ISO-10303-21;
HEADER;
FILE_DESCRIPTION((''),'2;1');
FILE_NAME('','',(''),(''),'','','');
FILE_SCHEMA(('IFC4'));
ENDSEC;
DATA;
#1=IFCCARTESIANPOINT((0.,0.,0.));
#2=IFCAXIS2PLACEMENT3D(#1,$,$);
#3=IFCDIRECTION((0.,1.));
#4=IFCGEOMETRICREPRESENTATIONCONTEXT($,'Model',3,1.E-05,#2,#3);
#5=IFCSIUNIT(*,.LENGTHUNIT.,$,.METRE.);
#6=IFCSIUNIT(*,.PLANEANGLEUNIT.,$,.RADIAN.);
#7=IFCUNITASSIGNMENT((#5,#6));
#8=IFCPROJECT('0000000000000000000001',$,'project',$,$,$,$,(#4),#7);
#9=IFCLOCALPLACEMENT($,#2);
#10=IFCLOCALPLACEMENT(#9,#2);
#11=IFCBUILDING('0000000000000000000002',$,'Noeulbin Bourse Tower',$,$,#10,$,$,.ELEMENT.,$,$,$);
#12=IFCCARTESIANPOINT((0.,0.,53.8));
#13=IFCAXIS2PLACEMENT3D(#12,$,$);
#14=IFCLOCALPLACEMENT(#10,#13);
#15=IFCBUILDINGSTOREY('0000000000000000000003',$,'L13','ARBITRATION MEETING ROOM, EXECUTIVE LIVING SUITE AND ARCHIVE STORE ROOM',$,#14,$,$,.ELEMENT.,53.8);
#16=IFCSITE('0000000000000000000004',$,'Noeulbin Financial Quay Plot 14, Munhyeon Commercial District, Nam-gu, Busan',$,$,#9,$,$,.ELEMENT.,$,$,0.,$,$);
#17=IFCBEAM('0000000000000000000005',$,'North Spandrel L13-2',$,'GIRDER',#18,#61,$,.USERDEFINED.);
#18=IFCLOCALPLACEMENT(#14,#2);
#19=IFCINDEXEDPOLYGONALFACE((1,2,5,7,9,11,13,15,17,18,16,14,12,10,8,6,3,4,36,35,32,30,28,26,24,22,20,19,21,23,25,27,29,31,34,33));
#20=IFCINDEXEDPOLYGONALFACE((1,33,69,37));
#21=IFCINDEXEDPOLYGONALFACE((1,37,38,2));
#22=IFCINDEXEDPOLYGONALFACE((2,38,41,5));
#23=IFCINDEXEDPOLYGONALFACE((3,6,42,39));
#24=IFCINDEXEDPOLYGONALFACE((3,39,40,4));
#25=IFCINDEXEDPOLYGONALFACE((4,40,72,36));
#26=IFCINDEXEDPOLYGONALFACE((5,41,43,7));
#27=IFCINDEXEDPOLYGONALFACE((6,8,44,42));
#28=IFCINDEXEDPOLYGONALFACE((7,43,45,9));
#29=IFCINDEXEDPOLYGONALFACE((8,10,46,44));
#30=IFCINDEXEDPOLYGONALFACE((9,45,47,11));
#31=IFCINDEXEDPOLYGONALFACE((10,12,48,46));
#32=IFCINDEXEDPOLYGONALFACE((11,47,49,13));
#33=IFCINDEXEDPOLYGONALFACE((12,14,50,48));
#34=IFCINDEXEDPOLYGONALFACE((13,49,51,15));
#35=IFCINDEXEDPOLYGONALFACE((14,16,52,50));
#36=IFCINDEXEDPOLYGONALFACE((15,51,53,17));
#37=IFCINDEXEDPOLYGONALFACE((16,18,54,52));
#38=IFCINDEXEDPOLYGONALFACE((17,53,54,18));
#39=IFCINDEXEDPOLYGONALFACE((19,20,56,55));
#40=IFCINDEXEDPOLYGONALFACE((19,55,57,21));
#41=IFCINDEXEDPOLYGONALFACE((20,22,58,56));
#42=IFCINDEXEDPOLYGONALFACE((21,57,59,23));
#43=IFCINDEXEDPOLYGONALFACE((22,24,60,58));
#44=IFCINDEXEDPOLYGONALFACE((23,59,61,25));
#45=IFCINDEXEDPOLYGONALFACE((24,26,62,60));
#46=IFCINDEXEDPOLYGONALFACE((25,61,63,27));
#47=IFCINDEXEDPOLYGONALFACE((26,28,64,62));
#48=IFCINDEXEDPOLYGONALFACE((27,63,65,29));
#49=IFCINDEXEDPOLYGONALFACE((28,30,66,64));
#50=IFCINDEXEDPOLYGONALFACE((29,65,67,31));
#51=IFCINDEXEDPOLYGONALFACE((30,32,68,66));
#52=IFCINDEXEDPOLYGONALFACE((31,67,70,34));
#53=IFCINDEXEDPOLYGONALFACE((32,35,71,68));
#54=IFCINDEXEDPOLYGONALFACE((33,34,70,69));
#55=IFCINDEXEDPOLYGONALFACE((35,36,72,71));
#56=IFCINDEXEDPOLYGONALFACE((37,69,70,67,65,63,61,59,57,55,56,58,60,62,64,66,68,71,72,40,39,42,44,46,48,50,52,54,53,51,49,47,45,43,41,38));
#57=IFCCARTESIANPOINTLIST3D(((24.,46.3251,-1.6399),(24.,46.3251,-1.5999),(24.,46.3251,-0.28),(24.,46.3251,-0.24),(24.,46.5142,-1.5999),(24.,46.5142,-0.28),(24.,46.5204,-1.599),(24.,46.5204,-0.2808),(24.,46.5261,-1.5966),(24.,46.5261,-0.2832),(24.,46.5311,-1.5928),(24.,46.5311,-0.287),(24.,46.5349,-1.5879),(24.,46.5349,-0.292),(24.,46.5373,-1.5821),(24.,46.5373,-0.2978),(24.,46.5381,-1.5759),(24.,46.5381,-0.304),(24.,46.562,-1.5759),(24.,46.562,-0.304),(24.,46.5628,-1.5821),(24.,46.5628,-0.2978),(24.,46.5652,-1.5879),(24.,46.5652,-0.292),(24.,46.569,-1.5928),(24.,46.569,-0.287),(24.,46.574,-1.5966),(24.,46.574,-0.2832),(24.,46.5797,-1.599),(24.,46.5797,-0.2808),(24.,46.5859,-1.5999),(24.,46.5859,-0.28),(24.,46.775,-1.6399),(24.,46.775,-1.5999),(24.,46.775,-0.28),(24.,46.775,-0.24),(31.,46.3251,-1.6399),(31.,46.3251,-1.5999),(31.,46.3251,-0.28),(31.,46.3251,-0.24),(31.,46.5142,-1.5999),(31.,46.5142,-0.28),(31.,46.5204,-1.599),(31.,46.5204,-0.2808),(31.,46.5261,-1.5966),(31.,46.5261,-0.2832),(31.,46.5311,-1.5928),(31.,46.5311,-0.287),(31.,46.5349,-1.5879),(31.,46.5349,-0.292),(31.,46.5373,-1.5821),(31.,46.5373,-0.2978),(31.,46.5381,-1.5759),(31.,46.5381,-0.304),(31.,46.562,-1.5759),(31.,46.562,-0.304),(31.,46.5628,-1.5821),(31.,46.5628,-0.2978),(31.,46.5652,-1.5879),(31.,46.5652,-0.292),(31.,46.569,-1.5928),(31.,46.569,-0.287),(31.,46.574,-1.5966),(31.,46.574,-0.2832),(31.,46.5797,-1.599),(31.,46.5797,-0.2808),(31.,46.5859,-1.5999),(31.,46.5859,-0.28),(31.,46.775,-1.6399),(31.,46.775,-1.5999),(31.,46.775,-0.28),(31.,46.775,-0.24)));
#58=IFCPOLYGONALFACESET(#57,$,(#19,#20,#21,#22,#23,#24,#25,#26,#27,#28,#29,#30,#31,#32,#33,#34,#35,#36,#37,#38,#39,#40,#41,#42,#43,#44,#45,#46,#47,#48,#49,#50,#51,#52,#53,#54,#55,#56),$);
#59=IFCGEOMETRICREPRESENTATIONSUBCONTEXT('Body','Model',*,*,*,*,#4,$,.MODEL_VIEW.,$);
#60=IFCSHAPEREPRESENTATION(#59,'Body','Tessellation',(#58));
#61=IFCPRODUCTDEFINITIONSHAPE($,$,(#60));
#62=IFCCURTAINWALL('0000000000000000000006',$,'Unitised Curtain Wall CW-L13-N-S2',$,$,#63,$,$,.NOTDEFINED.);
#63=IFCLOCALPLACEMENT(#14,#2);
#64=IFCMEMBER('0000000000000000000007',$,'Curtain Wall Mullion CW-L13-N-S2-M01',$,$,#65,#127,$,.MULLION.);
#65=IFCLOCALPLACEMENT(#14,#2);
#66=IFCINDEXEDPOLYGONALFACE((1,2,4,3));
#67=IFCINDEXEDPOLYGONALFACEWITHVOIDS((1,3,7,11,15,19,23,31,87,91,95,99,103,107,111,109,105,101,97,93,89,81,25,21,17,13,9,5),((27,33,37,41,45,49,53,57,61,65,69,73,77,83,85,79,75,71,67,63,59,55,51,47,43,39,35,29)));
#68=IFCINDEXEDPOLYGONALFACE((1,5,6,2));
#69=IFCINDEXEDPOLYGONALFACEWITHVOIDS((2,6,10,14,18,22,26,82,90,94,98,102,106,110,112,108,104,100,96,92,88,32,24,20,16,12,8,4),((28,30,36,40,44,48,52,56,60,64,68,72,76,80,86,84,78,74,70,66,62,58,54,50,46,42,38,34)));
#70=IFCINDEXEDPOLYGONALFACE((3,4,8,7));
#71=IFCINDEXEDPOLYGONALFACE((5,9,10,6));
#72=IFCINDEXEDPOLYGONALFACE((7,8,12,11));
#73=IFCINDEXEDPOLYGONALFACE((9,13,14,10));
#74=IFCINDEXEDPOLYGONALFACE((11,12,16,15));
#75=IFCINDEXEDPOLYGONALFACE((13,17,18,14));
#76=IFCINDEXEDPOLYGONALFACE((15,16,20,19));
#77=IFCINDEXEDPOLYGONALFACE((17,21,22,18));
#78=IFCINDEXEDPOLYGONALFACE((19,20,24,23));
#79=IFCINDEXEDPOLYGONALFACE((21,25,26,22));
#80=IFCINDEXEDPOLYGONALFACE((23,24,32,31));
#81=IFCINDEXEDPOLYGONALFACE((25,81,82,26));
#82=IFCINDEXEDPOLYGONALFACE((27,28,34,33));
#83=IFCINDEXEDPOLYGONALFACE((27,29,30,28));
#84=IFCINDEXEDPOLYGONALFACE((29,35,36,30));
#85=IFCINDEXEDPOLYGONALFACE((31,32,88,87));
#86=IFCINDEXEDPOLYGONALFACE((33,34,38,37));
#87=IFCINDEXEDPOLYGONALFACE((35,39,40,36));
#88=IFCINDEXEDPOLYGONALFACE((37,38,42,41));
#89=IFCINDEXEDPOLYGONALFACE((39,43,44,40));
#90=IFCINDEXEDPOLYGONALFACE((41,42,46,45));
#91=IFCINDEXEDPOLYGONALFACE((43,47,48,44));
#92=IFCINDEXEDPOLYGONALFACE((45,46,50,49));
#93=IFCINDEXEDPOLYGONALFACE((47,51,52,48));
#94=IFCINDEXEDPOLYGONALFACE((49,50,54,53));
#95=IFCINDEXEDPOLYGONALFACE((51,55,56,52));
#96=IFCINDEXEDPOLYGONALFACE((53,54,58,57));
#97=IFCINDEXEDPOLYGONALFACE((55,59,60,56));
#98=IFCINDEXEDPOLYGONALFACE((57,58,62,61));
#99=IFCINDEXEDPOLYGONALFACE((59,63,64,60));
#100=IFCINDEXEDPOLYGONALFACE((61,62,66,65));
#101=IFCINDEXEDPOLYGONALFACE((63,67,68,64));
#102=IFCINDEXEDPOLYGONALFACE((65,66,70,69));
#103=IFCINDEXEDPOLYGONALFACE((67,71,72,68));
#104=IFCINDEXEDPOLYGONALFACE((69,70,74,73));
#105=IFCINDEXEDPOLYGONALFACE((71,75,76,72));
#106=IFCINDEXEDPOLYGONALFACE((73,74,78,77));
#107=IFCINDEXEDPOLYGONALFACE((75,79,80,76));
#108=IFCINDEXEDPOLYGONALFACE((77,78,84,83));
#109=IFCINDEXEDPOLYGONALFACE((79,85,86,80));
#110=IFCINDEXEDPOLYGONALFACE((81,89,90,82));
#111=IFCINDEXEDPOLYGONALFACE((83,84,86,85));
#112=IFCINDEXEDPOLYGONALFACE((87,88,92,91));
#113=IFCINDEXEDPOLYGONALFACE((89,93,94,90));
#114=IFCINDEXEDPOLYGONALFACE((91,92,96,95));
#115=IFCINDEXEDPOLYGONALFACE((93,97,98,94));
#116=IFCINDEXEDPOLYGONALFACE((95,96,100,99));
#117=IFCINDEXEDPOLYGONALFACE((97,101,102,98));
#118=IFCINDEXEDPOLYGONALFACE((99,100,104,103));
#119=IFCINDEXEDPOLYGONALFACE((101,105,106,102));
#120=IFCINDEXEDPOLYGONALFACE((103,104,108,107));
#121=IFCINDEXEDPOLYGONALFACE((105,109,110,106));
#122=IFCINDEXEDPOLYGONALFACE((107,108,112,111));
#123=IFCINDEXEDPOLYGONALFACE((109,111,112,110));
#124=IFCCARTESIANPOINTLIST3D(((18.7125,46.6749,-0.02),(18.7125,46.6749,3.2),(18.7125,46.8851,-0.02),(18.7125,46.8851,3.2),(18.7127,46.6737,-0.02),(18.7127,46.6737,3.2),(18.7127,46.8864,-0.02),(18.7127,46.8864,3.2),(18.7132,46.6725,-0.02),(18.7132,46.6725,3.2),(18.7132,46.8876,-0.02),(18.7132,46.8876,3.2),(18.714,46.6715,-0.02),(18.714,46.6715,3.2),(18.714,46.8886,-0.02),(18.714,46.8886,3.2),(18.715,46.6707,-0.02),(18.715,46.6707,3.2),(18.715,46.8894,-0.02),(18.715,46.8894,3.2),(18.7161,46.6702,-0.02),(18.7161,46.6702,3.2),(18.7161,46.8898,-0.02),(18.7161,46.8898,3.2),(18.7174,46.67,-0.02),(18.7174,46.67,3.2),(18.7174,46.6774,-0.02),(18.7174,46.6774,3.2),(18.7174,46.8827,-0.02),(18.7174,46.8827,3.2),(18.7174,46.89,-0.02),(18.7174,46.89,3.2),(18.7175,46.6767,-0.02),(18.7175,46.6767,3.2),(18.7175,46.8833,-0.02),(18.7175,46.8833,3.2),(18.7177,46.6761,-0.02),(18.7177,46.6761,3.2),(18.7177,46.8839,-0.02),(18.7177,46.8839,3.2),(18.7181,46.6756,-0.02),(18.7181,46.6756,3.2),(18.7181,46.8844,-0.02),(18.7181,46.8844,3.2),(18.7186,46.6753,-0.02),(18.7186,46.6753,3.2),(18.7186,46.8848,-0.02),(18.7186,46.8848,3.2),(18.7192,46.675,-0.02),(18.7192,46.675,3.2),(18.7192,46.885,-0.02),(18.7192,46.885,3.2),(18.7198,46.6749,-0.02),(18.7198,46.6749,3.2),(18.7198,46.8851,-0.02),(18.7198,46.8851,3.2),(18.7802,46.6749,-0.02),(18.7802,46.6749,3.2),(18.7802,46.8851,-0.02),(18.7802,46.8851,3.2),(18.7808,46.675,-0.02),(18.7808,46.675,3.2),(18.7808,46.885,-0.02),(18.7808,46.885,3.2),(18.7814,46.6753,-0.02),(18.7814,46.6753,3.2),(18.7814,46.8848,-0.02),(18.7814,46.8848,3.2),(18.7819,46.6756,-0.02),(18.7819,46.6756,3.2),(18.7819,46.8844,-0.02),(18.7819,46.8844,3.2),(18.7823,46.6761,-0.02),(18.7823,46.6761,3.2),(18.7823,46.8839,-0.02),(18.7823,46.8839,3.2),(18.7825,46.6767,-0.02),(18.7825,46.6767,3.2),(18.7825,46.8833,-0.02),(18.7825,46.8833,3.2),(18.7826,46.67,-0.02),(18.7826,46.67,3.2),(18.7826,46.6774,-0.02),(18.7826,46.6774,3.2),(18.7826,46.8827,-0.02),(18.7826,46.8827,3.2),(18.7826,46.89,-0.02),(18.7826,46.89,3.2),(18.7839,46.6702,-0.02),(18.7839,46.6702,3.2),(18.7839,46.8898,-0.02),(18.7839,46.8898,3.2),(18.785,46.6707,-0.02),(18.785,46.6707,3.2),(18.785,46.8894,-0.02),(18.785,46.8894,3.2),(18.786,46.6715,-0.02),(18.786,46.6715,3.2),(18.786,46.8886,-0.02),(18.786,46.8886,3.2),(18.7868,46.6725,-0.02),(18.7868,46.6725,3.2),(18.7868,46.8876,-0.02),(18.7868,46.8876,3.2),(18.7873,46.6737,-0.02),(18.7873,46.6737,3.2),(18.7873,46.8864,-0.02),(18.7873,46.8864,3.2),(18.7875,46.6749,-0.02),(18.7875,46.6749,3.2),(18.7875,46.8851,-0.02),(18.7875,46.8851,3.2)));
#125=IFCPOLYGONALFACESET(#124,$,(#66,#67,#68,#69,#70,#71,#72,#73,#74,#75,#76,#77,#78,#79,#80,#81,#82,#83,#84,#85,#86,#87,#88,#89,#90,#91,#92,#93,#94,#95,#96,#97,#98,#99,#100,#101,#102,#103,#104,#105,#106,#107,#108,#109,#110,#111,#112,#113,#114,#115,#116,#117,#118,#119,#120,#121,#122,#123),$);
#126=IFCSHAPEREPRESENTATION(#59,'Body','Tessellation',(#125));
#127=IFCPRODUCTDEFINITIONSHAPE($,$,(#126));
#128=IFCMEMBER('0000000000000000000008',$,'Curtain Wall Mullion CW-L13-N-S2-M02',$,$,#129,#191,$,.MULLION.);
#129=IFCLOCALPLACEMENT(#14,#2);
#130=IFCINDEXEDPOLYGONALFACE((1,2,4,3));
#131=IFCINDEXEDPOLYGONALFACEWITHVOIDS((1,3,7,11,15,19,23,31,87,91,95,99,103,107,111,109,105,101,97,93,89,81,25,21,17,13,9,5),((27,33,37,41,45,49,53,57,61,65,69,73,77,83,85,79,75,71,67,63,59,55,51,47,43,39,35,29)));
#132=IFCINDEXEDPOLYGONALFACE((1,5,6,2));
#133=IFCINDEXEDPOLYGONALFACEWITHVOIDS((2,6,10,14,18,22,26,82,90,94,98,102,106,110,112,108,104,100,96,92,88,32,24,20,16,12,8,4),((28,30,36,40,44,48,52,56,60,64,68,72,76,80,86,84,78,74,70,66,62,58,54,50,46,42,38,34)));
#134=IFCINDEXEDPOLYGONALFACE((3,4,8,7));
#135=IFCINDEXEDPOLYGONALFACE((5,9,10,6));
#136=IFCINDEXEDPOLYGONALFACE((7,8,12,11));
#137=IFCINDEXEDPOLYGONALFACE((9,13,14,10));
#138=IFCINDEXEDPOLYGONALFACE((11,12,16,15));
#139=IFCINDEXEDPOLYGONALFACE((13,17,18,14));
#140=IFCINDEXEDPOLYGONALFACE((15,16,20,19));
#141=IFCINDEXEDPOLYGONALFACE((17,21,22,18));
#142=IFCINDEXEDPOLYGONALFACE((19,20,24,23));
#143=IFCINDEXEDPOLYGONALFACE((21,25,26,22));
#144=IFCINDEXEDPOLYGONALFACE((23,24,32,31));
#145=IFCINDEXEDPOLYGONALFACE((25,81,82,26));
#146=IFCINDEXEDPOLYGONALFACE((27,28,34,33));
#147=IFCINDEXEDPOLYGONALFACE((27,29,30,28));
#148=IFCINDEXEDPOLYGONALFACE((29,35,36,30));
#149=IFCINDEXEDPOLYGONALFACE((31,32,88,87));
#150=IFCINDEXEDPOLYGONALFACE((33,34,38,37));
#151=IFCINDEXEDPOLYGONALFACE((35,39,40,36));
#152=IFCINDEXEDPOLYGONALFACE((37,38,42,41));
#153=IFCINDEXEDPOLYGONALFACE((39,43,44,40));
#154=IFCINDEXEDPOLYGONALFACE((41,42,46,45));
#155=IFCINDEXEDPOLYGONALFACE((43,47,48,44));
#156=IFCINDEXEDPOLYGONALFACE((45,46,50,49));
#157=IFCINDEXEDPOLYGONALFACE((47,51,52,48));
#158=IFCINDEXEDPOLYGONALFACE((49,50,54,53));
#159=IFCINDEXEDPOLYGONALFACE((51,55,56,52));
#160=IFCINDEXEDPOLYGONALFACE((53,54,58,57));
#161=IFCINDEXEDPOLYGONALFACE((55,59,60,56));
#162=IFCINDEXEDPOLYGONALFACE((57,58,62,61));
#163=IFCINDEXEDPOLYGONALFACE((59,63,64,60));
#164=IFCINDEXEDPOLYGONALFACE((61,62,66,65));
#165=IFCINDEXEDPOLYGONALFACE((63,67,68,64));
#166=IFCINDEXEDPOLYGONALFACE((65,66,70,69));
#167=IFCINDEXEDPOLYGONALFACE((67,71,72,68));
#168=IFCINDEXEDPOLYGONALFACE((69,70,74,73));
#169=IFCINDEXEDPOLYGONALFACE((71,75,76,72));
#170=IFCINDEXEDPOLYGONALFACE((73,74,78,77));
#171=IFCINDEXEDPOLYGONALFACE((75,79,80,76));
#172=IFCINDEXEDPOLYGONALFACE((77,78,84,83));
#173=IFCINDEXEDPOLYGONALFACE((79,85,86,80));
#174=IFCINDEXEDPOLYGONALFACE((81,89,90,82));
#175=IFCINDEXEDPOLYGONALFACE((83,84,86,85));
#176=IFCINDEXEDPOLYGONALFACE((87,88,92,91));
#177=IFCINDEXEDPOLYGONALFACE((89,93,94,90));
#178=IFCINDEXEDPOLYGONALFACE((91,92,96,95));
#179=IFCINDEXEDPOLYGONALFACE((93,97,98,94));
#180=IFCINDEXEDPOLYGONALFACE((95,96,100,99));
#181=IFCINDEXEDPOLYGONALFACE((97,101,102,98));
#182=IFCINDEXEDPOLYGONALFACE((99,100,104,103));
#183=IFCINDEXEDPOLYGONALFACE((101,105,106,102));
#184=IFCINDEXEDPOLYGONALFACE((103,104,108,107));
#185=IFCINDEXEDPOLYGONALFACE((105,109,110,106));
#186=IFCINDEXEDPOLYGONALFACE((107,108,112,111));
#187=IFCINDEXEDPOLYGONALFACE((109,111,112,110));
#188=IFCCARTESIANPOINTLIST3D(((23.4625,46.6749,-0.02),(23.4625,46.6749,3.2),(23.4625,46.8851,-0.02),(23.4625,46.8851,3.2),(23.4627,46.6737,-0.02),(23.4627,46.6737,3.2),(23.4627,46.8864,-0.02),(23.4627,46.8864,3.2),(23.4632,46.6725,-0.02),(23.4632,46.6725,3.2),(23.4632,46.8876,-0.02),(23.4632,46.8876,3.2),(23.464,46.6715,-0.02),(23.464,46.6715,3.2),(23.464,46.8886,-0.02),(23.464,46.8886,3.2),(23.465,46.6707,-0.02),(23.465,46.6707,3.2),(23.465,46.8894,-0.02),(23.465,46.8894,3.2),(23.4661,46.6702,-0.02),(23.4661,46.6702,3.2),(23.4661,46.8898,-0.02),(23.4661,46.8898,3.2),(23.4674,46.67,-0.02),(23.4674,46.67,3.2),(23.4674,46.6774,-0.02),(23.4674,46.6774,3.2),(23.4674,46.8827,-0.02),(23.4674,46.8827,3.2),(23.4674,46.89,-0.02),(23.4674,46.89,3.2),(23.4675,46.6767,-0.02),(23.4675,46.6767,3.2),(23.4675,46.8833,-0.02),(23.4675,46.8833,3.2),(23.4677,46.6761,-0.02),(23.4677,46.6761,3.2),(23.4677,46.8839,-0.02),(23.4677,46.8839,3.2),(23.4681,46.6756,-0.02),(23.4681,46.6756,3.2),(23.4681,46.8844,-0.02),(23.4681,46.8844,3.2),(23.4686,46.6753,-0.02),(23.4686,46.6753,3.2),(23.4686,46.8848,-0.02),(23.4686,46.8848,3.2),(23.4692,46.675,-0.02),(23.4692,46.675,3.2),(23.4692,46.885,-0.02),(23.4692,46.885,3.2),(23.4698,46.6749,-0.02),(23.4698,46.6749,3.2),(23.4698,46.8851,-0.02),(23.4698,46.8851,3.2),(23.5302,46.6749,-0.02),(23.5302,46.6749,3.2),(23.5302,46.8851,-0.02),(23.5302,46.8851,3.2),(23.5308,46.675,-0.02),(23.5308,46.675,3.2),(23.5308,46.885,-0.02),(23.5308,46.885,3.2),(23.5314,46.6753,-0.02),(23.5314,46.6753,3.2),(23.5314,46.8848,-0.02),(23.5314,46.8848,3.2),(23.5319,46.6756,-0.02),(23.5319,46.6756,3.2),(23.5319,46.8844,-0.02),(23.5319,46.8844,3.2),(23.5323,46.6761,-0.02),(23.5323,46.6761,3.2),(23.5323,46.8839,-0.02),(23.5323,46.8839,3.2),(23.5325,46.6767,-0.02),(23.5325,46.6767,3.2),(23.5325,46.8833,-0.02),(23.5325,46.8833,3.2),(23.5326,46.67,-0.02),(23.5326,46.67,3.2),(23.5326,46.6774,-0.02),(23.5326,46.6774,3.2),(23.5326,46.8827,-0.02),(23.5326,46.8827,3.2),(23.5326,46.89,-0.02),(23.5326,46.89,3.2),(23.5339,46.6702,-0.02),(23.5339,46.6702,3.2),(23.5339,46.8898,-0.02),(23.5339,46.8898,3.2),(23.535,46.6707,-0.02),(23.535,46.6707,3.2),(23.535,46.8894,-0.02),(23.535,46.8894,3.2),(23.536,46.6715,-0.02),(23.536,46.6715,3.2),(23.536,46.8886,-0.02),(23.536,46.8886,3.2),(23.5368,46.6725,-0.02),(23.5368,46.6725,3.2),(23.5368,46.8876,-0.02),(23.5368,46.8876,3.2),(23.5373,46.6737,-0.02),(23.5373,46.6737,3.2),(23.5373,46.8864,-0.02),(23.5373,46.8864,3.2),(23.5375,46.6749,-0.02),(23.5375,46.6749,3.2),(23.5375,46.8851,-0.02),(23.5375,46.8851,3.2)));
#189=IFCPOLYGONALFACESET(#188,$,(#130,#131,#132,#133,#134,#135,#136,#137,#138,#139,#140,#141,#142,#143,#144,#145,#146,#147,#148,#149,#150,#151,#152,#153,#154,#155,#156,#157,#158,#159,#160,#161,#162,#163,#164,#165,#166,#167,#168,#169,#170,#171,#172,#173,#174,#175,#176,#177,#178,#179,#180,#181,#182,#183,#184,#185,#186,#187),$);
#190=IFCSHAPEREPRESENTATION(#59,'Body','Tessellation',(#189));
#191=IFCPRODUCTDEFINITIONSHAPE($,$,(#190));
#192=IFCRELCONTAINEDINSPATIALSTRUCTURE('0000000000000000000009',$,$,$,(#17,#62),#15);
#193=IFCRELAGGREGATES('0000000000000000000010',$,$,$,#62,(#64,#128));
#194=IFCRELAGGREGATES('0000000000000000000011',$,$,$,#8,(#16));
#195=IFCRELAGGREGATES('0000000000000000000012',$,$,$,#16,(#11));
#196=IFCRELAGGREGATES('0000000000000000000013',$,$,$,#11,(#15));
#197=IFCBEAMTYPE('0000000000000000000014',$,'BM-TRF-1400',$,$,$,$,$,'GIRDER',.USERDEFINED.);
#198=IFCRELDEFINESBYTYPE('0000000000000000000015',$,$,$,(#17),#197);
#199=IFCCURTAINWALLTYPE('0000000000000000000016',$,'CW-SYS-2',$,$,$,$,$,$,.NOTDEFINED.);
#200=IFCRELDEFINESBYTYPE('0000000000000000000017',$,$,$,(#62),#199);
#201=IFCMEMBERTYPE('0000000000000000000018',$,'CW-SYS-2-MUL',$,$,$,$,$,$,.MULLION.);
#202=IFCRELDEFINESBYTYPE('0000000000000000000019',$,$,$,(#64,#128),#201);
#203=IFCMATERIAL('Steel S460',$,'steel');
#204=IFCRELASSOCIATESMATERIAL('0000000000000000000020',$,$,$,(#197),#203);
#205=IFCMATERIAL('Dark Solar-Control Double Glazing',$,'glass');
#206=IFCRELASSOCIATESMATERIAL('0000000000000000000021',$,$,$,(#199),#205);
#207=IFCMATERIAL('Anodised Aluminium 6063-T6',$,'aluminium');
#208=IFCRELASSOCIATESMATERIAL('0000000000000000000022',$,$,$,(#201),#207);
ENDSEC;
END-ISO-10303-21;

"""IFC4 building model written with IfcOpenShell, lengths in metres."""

from ifc_helpers import new_model, si_unit, direction, frame, origin, origin_2d, place, context, subcontext, project, spatial, hollow_rectangle, i_section, extrude, material, material_profile, profile_set, type_object, element, aggregate, save


model = new_model("IFC4")

# Units and contexts
model_context = context("Model", 3, precision=1e-05, world=origin(), true_north=direction((0.0, 1.0)))
body_context = subcontext(model_context, "Body", "Model", "MODEL_VIEW")
ifc_project = project(units=[si_unit("LENGTHUNIT", "METRE"), si_unit("PLANEANGLEUNIT", "RADIAN")], contexts=[model_context])

# Site, building, storey
site_placement = place(None, origin())
site = spatial("IfcSite", under=ifc_project, at=site_placement, Name="Noeulbin Financial Quay Plot 14, Munhyeon Commercial District, Nam-gu, Busan", CompositionType="ELEMENT", RefElevation=0.0)
building_placement = place(site_placement, origin())
building = spatial("IfcBuilding", under=site, at=building_placement, Name="Noeulbin Bourse Tower", CompositionType="ELEMENT")
storey_placement = place(building_placement, frame((0.0, 0.0, 53.8)))
storey = spatial("IfcBuildingStorey", under=building, at=storey_placement, Name="L13", Description="ARBITRATION MEETING ROOM, EXECUTIVE LIVING SUITE AND ARCHIVE STORE ROOM", CompositionType="ELEMENT", Elevation=53.8)

# Shared definitions
ifc_material_1 = material(Name="Steel S460", Category="steel")

# Beam
ifc_material_profile_1 = material_profile(ifc_material_1, i_section(OverallWidth=0.45, OverallDepth=1.3999, WebThickness=0.0239, FlangeThickness=0.04, FilletRadius=0.0239, at=origin_2d()), Name="PG-1400x450x24x40", Category="LoadBearing")
ifc_profile_set_1 = profile_set([ifc_material_profile_1], Name="Steel S460")
beam_type_1 = type_object("IfcBeamType", Name="BM-TRF-1400", ElementType="GIRDER", PredefinedType="USERDEFINED", material=ifc_profile_set_1)
beam_1_placement = place(storey_placement, frame((24.0, 46.55, -0.9399), z_axis=(1.0, 0.0, 0.0), x_axis=(0.0, 1.0, 0.0)))
element("IfcBeam", 1, at=beam_1_placement, inside=storey, type_object=beam_type_1, Name="North Spandrel L13-2", ObjectType="GIRDER", PredefinedType="USERDEFINED", context=body_context, shape_type="SweptSolid", body=[
    extrude(i_section(OverallWidth=0.45, OverallDepth=1.3999, WebThickness=0.0239, FlangeThickness=0.04, FilletRadius=0.0239, at=origin_2d()), origin(), (0.0, 0.0, 1.0), 7.0),
])

# Curtain wall, members
ifc_material_2 = material(Name="Dark Solar-Control Double Glazing", Category="glass")
curtain_wall_type = type_object("IfcCurtainWallType", Name="CW-SYS-2", PredefinedType="NOTDEFINED", material=ifc_material_2)
curtain_wall_1_placement = place(storey_placement, origin())
curtain_wall_1 = element("IfcCurtainWall", 2, at=curtain_wall_1_placement, inside=storey, type_object=curtain_wall_type, Name="Unitised Curtain Wall CW-L13-N-S2", PredefinedType="NOTDEFINED")
ifc_material_3 = material(Name="Anodised Aluminium 6063-T6", Category="aluminium")
ifc_material_profile_2 = material_profile(ifc_material_3, hollow_rectangle(XDim=0.075, YDim=0.22, WallThickness=0.0049, InnerFilletRadius=0.0024, OuterFilletRadius=0.0049, at=origin_2d()), Name="ALU-MULL-75x220x5", Category="LoadBearing")
ifc_profile_set_2 = profile_set([ifc_material_profile_2], Name="Anodised Aluminium 6063-T6")
member_type_1 = type_object("IfcMemberType", Name="CW-SYS-2-MUL", PredefinedType="MULLION", material=ifc_profile_set_2)
member_1_placement = place(storey_placement, frame((18.75, 46.78, -0.02), z_axis=(0.0, 0.0, 1.0), x_axis=(1.0, 0.0, 0.0)))
member_1 = element("IfcMember", 3, at=member_1_placement, type_object=member_type_1, Name="Curtain Wall Mullion CW-L13-N-S2-M01", PredefinedType="MULLION", context=body_context, shape_type="SweptSolid", body=[
    extrude(hollow_rectangle(XDim=0.075, YDim=0.22, WallThickness=0.0049, InnerFilletRadius=0.0024, OuterFilletRadius=0.0049, at=origin_2d()), origin(), (0.0, 0.0, 1.0), 3.22),
])
member_2_placement = place(storey_placement, frame((23.5, 46.78, -0.02), z_axis=(0.0, 0.0, 1.0), x_axis=(1.0, 0.0, 0.0)))
member_2 = element("IfcMember", 4, at=member_2_placement, type_object=member_type_1, Name="Curtain Wall Mullion CW-L13-N-S2-M02", PredefinedType="MULLION", context=body_context, shape_type="SweptSolid", body=[
    extrude(hollow_rectangle(XDim=0.075, YDim=0.22, WallThickness=0.0049, InnerFilletRadius=0.0024, OuterFilletRadius=0.0049, at=origin_2d()), origin(), (0.0, 0.0, 1.0), 3.22),
])

aggregate(curtain_wall_1, [member_1, member_2])

save(model, "model.ifc")
